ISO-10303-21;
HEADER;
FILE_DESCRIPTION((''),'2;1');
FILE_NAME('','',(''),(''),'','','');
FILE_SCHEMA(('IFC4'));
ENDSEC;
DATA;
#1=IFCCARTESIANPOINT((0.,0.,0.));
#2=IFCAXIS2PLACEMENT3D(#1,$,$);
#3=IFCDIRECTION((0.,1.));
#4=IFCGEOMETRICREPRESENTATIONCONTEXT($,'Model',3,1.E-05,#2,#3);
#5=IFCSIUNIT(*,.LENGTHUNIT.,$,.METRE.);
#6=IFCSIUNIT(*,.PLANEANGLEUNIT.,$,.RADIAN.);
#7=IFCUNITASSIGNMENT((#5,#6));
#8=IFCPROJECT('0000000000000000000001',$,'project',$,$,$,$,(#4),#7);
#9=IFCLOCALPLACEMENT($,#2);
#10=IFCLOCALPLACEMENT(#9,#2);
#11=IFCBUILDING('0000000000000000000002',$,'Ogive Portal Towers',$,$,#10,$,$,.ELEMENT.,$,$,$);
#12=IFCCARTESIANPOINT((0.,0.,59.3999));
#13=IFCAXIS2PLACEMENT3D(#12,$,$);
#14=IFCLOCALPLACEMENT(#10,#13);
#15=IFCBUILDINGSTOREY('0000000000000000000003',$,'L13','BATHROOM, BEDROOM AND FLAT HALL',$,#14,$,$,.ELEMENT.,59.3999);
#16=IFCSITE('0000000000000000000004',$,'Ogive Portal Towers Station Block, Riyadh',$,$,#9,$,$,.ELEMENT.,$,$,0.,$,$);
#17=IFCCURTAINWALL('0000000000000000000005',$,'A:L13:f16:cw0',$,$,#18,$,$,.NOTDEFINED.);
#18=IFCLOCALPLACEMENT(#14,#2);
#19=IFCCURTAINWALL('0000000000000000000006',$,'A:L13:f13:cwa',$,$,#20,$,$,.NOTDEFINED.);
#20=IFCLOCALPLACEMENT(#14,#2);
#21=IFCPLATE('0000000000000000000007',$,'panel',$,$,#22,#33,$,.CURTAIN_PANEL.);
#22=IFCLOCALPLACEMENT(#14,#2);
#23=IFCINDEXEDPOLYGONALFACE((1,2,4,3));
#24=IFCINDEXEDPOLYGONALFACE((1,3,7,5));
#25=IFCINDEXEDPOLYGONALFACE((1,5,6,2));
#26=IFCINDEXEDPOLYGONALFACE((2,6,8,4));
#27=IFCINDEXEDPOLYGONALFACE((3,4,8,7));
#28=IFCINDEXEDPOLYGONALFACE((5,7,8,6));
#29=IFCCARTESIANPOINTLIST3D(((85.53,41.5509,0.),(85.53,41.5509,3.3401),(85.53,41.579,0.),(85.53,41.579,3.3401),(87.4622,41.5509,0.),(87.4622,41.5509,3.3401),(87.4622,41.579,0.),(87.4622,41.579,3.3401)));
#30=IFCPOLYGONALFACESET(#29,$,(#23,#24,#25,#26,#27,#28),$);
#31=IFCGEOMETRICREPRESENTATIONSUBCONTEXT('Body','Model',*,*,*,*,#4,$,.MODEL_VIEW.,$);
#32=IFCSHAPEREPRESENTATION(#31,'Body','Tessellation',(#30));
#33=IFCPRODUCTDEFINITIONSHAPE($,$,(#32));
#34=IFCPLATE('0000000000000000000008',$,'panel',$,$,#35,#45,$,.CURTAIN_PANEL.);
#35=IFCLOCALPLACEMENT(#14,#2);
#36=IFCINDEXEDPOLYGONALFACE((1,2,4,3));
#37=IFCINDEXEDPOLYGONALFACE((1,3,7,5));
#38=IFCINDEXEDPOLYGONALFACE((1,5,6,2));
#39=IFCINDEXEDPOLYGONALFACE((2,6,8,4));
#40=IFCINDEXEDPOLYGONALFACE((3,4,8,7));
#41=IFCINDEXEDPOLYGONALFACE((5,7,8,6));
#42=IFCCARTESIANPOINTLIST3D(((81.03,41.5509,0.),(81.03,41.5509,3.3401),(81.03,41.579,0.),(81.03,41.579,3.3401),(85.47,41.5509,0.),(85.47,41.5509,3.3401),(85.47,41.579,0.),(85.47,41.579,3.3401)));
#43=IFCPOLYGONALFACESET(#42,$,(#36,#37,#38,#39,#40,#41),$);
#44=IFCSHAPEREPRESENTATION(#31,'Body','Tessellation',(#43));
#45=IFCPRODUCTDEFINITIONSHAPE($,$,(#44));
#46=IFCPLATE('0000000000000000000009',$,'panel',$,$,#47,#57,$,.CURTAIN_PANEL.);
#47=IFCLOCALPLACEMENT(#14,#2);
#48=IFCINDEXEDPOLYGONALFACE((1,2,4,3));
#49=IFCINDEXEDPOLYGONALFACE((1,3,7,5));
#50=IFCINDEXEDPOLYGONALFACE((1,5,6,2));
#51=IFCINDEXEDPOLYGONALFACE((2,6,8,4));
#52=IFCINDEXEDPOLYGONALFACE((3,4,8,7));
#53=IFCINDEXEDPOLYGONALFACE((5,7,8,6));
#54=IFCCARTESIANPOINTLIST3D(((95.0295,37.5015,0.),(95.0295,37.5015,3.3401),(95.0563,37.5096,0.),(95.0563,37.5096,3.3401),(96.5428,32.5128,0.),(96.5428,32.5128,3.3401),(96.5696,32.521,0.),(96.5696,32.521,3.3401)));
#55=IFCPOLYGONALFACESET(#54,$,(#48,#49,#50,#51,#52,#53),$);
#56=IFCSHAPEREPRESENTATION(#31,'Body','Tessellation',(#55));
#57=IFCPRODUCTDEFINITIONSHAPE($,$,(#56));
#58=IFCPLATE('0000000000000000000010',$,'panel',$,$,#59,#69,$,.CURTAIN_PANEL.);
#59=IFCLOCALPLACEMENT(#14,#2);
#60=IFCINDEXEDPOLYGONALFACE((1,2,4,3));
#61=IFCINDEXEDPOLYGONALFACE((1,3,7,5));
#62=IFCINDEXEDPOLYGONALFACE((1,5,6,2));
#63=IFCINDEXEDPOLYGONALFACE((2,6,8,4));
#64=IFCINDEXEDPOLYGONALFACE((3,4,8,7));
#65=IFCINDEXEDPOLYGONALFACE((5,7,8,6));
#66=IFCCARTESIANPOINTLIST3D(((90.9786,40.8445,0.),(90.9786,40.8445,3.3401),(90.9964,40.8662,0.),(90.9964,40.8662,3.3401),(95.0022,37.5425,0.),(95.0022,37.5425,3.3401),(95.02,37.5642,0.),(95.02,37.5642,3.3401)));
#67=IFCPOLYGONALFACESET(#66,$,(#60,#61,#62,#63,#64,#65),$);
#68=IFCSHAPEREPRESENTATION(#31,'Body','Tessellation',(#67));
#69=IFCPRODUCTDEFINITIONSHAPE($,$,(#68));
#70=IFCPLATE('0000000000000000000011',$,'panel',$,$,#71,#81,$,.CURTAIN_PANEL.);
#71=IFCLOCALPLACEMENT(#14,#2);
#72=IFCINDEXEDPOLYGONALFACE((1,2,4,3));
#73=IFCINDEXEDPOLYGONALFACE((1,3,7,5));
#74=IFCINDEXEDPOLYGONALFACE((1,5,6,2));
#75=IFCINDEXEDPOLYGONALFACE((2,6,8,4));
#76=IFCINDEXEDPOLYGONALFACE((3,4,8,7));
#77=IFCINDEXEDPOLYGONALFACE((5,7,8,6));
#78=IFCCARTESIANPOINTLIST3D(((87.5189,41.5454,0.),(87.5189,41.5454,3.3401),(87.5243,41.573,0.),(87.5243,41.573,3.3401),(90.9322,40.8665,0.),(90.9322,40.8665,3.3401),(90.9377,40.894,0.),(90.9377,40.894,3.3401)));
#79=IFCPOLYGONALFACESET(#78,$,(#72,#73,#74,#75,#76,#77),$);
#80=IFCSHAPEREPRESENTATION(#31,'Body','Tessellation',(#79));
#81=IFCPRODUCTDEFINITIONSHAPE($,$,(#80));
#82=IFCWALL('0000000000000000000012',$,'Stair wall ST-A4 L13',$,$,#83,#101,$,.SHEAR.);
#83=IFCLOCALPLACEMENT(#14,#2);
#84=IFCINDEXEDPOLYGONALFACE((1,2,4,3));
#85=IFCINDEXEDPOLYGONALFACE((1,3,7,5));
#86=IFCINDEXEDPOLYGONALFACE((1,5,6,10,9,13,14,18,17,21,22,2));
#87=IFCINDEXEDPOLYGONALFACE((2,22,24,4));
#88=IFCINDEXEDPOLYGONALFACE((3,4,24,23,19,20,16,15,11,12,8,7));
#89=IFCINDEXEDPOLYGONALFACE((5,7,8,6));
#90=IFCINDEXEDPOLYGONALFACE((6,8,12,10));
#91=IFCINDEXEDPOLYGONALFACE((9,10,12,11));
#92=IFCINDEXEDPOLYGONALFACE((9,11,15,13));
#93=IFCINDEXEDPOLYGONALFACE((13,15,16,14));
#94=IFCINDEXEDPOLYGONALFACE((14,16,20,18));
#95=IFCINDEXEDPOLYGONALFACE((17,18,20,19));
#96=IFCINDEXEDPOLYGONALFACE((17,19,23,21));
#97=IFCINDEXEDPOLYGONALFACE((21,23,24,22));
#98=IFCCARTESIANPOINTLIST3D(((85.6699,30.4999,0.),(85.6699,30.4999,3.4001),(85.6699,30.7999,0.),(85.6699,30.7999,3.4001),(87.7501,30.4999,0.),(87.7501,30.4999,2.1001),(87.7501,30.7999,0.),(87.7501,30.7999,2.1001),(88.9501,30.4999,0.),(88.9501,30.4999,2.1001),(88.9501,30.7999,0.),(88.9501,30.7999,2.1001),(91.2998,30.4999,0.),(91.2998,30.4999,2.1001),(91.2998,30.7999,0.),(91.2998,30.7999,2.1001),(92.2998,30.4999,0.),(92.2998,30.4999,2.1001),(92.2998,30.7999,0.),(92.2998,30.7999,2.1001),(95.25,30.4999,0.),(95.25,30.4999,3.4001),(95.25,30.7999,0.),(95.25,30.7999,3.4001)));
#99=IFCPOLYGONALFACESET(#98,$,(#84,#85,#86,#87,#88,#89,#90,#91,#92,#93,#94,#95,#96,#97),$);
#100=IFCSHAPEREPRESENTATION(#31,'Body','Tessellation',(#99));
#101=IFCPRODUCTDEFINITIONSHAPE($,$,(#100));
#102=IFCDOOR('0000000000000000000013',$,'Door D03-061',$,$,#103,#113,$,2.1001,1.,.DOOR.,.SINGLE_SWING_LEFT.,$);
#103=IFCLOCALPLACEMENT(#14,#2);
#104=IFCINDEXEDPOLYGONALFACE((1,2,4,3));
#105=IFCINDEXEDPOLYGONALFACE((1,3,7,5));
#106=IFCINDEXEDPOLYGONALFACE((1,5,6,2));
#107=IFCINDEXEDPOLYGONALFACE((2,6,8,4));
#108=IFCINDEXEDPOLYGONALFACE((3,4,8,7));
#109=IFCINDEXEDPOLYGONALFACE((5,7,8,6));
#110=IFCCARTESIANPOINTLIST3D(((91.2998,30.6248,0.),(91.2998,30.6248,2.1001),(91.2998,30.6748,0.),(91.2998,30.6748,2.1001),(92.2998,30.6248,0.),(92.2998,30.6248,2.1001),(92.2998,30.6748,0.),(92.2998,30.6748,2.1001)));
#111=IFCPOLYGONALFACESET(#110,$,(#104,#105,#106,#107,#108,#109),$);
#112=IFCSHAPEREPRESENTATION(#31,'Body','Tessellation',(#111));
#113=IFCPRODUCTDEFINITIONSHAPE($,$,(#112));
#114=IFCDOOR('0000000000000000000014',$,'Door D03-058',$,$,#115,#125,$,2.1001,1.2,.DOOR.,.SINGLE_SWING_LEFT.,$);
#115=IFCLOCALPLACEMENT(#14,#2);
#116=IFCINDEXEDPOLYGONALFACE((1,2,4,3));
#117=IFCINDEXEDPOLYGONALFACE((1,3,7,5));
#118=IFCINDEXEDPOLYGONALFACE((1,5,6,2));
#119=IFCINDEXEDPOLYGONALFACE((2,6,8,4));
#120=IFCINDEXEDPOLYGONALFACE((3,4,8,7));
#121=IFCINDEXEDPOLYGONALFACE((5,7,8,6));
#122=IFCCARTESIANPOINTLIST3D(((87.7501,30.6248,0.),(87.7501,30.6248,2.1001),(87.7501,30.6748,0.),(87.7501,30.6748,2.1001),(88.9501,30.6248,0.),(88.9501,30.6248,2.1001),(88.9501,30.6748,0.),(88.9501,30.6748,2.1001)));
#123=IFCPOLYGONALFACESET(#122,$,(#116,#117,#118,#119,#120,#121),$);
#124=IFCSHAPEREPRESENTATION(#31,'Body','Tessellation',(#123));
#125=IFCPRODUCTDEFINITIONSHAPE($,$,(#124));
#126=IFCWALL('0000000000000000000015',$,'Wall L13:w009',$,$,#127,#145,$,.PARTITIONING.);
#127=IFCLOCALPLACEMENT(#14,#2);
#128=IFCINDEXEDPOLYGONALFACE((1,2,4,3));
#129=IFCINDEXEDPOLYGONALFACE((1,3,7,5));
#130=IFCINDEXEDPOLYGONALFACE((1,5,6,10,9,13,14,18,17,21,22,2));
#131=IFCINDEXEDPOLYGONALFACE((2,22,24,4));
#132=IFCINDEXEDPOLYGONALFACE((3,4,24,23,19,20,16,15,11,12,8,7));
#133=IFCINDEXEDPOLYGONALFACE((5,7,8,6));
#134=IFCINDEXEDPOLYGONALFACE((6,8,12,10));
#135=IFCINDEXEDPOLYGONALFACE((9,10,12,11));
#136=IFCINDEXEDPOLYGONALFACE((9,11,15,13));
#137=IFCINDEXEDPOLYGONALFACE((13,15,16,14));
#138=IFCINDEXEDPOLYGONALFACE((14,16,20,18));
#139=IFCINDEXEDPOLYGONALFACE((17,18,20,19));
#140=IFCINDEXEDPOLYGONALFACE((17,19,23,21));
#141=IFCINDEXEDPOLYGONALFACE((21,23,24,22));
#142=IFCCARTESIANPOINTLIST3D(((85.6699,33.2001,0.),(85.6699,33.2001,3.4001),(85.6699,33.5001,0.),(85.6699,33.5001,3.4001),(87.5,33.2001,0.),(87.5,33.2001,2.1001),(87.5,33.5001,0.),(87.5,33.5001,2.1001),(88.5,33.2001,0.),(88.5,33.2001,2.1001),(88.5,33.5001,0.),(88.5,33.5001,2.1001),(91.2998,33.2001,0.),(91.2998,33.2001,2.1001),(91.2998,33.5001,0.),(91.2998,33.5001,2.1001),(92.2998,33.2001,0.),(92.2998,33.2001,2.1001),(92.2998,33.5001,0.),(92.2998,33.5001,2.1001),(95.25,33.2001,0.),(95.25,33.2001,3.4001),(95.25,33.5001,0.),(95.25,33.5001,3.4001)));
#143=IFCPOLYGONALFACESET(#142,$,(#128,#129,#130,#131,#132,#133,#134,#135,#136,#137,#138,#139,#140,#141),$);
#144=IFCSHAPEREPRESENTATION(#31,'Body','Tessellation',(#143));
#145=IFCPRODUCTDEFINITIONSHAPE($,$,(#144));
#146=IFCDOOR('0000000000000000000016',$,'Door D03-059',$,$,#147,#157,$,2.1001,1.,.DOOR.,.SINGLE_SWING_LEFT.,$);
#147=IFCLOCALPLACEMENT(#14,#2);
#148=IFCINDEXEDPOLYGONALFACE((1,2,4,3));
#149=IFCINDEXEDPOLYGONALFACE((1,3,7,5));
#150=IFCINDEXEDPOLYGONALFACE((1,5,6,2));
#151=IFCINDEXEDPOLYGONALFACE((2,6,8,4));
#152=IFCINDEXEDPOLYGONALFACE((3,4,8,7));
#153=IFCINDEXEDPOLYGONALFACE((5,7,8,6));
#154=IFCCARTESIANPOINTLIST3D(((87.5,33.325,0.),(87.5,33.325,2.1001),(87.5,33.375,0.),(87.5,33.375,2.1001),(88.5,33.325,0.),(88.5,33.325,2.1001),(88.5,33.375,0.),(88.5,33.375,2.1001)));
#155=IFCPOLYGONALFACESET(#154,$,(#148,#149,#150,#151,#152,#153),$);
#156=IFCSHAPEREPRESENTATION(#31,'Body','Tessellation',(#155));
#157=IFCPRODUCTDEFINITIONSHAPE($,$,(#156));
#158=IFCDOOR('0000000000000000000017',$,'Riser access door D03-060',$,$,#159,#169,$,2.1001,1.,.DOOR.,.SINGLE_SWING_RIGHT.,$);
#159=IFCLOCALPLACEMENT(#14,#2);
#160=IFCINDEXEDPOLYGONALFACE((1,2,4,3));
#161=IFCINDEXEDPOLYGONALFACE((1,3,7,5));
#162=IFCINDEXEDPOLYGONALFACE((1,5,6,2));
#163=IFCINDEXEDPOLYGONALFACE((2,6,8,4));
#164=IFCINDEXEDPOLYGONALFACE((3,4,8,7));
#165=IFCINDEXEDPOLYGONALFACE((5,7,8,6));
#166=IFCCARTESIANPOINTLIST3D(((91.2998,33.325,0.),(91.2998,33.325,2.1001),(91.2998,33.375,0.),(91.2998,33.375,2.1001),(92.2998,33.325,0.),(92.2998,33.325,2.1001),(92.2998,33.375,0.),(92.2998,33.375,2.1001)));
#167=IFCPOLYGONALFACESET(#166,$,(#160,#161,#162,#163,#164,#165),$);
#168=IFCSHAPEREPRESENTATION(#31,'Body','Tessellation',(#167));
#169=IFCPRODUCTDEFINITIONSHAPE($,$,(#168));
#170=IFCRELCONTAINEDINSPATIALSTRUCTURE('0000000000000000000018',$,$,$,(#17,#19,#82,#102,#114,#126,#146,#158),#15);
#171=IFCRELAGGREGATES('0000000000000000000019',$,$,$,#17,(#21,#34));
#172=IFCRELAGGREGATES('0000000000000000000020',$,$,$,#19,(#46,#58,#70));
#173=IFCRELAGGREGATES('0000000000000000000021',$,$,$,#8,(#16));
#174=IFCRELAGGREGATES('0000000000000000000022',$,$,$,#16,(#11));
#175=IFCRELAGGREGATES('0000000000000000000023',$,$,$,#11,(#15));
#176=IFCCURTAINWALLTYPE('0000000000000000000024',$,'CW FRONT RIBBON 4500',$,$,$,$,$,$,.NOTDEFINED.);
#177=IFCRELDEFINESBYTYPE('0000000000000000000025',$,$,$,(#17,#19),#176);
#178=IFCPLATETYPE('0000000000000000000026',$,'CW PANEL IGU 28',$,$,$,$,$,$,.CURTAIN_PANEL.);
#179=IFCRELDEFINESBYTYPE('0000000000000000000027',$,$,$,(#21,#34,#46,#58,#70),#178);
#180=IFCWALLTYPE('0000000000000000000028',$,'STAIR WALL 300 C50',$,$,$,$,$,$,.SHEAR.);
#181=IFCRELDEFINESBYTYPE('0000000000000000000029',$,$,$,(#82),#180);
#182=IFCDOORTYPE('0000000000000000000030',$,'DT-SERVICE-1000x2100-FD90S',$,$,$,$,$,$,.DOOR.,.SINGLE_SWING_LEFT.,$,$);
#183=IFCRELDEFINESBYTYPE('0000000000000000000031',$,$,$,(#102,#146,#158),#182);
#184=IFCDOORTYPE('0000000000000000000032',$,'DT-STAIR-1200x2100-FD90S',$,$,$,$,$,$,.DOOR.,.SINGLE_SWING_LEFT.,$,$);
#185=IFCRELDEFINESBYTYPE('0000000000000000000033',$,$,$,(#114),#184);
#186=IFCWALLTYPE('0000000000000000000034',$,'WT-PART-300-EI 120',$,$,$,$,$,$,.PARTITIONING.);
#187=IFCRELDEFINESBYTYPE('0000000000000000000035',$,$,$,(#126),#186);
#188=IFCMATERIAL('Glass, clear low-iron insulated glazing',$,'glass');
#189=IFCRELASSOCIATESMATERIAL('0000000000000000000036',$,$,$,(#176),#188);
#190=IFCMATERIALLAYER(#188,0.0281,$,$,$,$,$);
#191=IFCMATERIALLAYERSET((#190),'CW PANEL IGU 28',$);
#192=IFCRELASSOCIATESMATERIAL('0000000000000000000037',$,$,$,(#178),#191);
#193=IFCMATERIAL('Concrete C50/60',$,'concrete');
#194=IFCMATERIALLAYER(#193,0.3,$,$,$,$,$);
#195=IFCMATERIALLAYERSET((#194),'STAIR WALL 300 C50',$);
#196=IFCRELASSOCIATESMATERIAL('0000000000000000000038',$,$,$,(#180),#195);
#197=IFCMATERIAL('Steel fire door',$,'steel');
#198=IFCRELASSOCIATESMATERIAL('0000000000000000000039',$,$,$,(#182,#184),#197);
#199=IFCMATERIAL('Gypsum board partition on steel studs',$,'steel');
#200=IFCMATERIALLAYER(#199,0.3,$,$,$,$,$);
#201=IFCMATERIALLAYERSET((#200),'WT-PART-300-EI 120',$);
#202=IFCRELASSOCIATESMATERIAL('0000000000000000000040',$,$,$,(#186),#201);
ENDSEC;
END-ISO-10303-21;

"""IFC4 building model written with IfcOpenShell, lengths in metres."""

from ifc_helpers import new_model, si_unit, direction, frame, frame_2d, origin, origin_2d, place, context, subcontext, project, spatial, rectangle, extrude, material, layer, layer_set, type_object, element, fill, aggregate, save


model = new_model("IFC4")

# Units and contexts
model_context = context("Model", 3, precision=1e-05, world=origin(), true_north=direction((0.0, 1.0)))
body_context = subcontext(model_context, "Body", "Model", "MODEL_VIEW")
ifc_project = project(units=[si_unit("LENGTHUNIT", "METRE"), si_unit("PLANEANGLEUNIT", "RADIAN")], contexts=[model_context])

# Site, building, storey
site_placement = place(None, origin())
site = spatial("IfcSite", under=ifc_project, at=site_placement, Name="Ogive Portal Towers Station Block, Riyadh", CompositionType="ELEMENT", RefElevation=0.0)
building_placement = place(site_placement, origin())
building = spatial("IfcBuilding", under=site, at=building_placement, Name="Ogive Portal Towers", CompositionType="ELEMENT")
storey_placement = place(building_placement, frame((0.0, 0.0, 59.3999)))
storey = spatial("IfcBuildingStorey", under=building, at=storey_placement, Name="L13", Description="BATHROOM, BEDROOM AND FLAT HALL", CompositionType="ELEMENT", Elevation=59.3999)

# Curtain walls
ifc_material_1 = material(Name="Glass, clear low-iron insulated glazing", Category="glass")
curtain_wall_type = type_object("IfcCurtainWallType", Name="CW FRONT RIBBON 4500", PredefinedType="NOTDEFINED", material=ifc_material_1)
curtain_wall_1_placement = place(storey_placement, origin())
curtain_wall_1 = element("IfcCurtainWall", 1, at=curtain_wall_1_placement, inside=storey, type_object=curtain_wall_type, Name="A:L13:f16:cw0", PredefinedType="NOTDEFINED")
curtain_wall_2_placement = place(storey_placement, origin())
curtain_wall_2 = element("IfcCurtainWall", 2, at=curtain_wall_2_placement, inside=storey, type_object=curtain_wall_type, Name="A:L13:f13:cwa", PredefinedType="NOTDEFINED")

# Plates
ifc_layer_1 = layer(ifc_material_1, 0.0281)
ifc_layer_set_1 = layer_set([ifc_layer_1], Name="CW PANEL IGU 28")
plate_type = type_object("IfcPlateType", Name="CW PANEL IGU 28", PredefinedType="CURTAIN_PANEL", material=ifc_layer_set_1)
plate_1_placement = place(storey_placement, frame((86.4961, 41.5649, 0.0), z_axis=(0.0, 0.0, 1.0), x_axis=(-1.0, 0.0, 0.0)))
plate_1 = element("IfcPlate", 3, at=plate_1_placement, type_object=plate_type, Name="panel", PredefinedType="CURTAIN_PANEL", context=body_context, shape_type="SweptSolid", body=[
    extrude(rectangle(XDim=1.9321, YDim=0.0281, at=origin_2d()), origin(), (0.0, 0.0, 1.0), 3.3401),
])
plate_2_placement = place(storey_placement, frame((83.25, 41.5649, 0.0), z_axis=(0.0, 0.0, 1.0), x_axis=(-1.0, 0.0, 0.0)))
plate_2 = element("IfcPlate", 4, at=plate_2_placement, type_object=plate_type, Name="panel", PredefinedType="CURTAIN_PANEL", context=body_context, shape_type="SweptSolid", body=[
    extrude(rectangle(XDim=4.4399, YDim=0.0281, at=origin_2d()), origin(), (0.0, 0.0, 1.0), 3.3401),
])
aggregate(curtain_wall_1, [plate_1, plate_2])
plate_3_placement = place(storey_placement, frame((95.7996, 35.0112, 0.0), z_axis=(0.0, 0.0, 1.0), x_axis=(-0.290285, 0.95694, 0.0)))
plate_3 = element("IfcPlate", 5, at=plate_3_placement, type_object=plate_type, Name="panel", PredefinedType="CURTAIN_PANEL", context=body_context, shape_type="SweptSolid", body=[
    extrude(rectangle(XDim=5.2131, YDim=0.0281, at=origin_2d()), origin(), (0.0, 0.0, 1.0), 3.3401),
])
plate_4_placement = place(storey_placement, frame((92.9993, 39.2043, 0.0), z_axis=(0.0, 0.0, 1.0), x_axis=(-0.77301, 0.634393, 0.0)))
plate_4 = element("IfcPlate", 6, at=plate_4_placement, type_object=plate_type, Name="panel", PredefinedType="CURTAIN_PANEL", context=body_context, shape_type="SweptSolid", body=[
    extrude(rectangle(XDim=5.2051, YDim=0.0281, at=origin_2d()), origin(), (0.0, 0.0, 1.0), 3.3401),
])
plate_5_placement = place(storey_placement, frame((89.2283, 41.2197, 0.0), z_axis=(0.0, 0.0, 1.0), x_axis=(-0.980785, 0.19509, 0.0)))
plate_5 = element("IfcPlate", 7, at=plate_5_placement, type_object=plate_type, Name="panel", PredefinedType="CURTAIN_PANEL", context=body_context, shape_type="SweptSolid", body=[
    extrude(rectangle(XDim=3.4802, YDim=0.0281, at=origin_2d()), origin(), (0.0, 0.0, 1.0), 3.3401),
])
aggregate(curtain_wall_2, [plate_3, plate_4, plate_5])

# Walls, openings, doors
ifc_material_2 = material(Name="Concrete C50/60", Category="concrete")
ifc_layer_2 = layer(ifc_material_2, 0.3)
ifc_layer_set_2 = layer_set([ifc_layer_2], Name="STAIR WALL 300 C50")
wall_type_1 = type_object("IfcWallType", Name="STAIR WALL 300 C50", PredefinedType="SHEAR", material=ifc_layer_set_2)
wall_1_placement = place(storey_placement, frame((85.6699, 30.6499, 0.0), z_axis=(0.0, 0.0, 1.0), x_axis=(1.0, 0.0, 0.0)))
wall_1 = element("IfcWall", 8, at=wall_1_placement, inside=storey, type_object=wall_type_1, Name="Stair wall ST-A4 L13", PredefinedType="SHEAR", context=body_context, shape_type="SweptSolid", body=[
    extrude(rectangle(XDim=9.5801, YDim=0.3, at=frame_2d((4.79, 0.0))), origin(), (0.0, 0.0, 1.0), 3.4001),
])
opening_1_placement = place(wall_1_placement, frame((2.0801, 0.0, 0.0)))
opening_1 = element("IfcOpeningElement", 9, at=opening_1_placement, cuts=wall_1, PredefinedType="OPENING", context=body_context, shape_type="SweptSolid", body=[
    extrude(rectangle(XDim=1.2, YDim=2.1001, at=frame_2d((0.6001, 1.05))), frame((0.0, 0.1602, 0.0), z_axis=(0.0, -1.0, 0.0), x_axis=(1.0, 0.0, 0.0)), (0.0, 0.0, 1.0), 0.3201),
])
opening_2_placement = place(wall_1_placement, frame((5.6299, 0.0, 0.0)))
opening_2 = element("IfcOpeningElement", 10, at=opening_2_placement, cuts=wall_1, PredefinedType="OPENING", context=body_context, shape_type="SweptSolid", body=[
    extrude(rectangle(XDim=1.0, YDim=2.1001, at=frame_2d((0.5, 1.05))), frame((0.0, 0.1602, 0.0), z_axis=(0.0, -1.0, 0.0), x_axis=(1.0, 0.0, 0.0)), (0.0, 0.0, 1.0), 0.3201),
])
ifc_material_3 = material(Name="Steel fire door", Category="steel")
door_type_1 = type_object("IfcDoorType", Name="DT-SERVICE-1000x2100-FD90S", OperationType="SINGLE_SWING_LEFT", PredefinedType="DOOR", material=ifc_material_3)
door_1_placement = place(opening_2_placement, origin())
door_1 = element("IfcDoor", 11, at=door_1_placement, inside=storey, type_object=door_type_1, Name="Door D03-061", OperationType="SINGLE_SWING_LEFT", OverallHeight=2.1001, OverallWidth=1.0, PredefinedType="DOOR", context=body_context, shape_type="SweptSolid", body=[
    extrude(rectangle(XDim=1.0, YDim=2.1001, at=frame_2d((0.5, 1.05))), frame((0.0, 0.0249, 0.0), z_axis=(0.0, -1.0, 0.0), x_axis=(1.0, 0.0, 0.0)), (0.0, 0.0, 1.0), 0.05),
])
fill(opening_2, door_1)
door_type_2 = type_object("IfcDoorType", Name="DT-STAIR-1200x2100-FD90S", OperationType="SINGLE_SWING_LEFT", PredefinedType="DOOR", material=ifc_material_3)
door_2_placement = place(opening_1_placement, origin())
door_2 = element("IfcDoor", 12, at=door_2_placement, inside=storey, type_object=door_type_2, Name="Door D03-058", OperationType="SINGLE_SWING_LEFT", OverallHeight=2.1001, OverallWidth=1.2, PredefinedType="DOOR", context=body_context, shape_type="SweptSolid", body=[
    extrude(rectangle(XDim=1.2, YDim=2.1001, at=frame_2d((0.6001, 1.05))), frame((0.0, 0.0249, 0.0), z_axis=(0.0, -1.0, 0.0), x_axis=(1.0, 0.0, 0.0)), (0.0, 0.0, 1.0), 0.05),
])
fill(opening_1, door_2)
ifc_material_4 = material(Name="Gypsum board partition on steel studs", Category="steel")
ifc_layer_3 = layer(ifc_material_4, 0.3)
ifc_layer_set_3 = layer_set([ifc_layer_3], Name="WT-PART-300-EI 120")
wall_type_2 = type_object("IfcWallType", Name="WT-PART-300-EI 120", PredefinedType="PARTITIONING", material=ifc_layer_set_3)
wall_2_placement = place(storey_placement, frame((85.6699, 33.3501, 0.0), z_axis=(0.0, 0.0, 1.0), x_axis=(1.0, 0.0, 0.0)))
wall_2 = element("IfcWall", 13, at=wall_2_placement, inside=storey, type_object=wall_type_2, Name="Wall L13:w009", PredefinedType="PARTITIONING", context=body_context, shape_type="SweptSolid", body=[
    extrude(rectangle(XDim=9.5801, YDim=0.3, at=frame_2d((4.79, 0.0))), origin(), (0.0, 0.0, 1.0), 3.4001),
])
opening_3_placement = place(wall_2_placement, frame((1.8301, 0.0, 0.0)))
opening_3 = element("IfcOpeningElement", 14, at=opening_3_placement, cuts=wall_2, PredefinedType="OPENING", context=body_context, shape_type="SweptSolid", body=[
    extrude(rectangle(XDim=1.0, YDim=2.1001, at=frame_2d((0.5, 1.05))), frame((0.0, 0.1602, 0.0), z_axis=(0.0, -1.0, 0.0), x_axis=(1.0, 0.0, 0.0)), (0.0, 0.0, 1.0), 0.3201),
])
opening_4_placement = place(wall_2_placement, frame((5.6299, 0.0, 0.0)))
opening_4 = element("IfcOpeningElement", 15, at=opening_4_placement, cuts=wall_2, PredefinedType="OPENING", context=body_context, shape_type="SweptSolid", body=[
    extrude(rectangle(XDim=1.0, YDim=2.1001, at=frame_2d((0.5, 1.05))), frame((0.0, 0.1602, 0.0), z_axis=(0.0, -1.0, 0.0), x_axis=(1.0, 0.0, 0.0)), (0.0, 0.0, 1.0), 0.3201),
])
door_3_placement = place(opening_3_placement, origin())
door_3 = element("IfcDoor", 16, at=door_3_placement, inside=storey, type_object=door_type_1, Name="Door D03-059", OperationType="SINGLE_SWING_LEFT", OverallHeight=2.1001, OverallWidth=1.0, PredefinedType="DOOR", context=body_context, shape_type="SweptSolid", body=[
    extrude(rectangle(XDim=1.0, YDim=2.1001, at=frame_2d((0.5, 1.05))), frame((0.0, 0.0249, 0.0), z_axis=(0.0, -1.0, 0.0), x_axis=(1.0, 0.0, 0.0)), (0.0, 0.0, 1.0), 0.05),
])
fill(opening_3, door_3)
door_4_placement = place(opening_4_placement, origin())
door_4 = element("IfcDoor", 17, at=door_4_placement, inside=storey, type_object=door_type_1, Name="Riser access door D03-060", OperationType="SINGLE_SWING_RIGHT", OverallHeight=2.1001, OverallWidth=1.0, PredefinedType="DOOR", context=body_context, shape_type="SweptSolid", body=[
    extrude(rectangle(XDim=1.0, YDim=2.1001, at=frame_2d((0.5, 1.05))), frame((0.0, 0.0249, 0.0), z_axis=(0.0, -1.0, 0.0), x_axis=(1.0, 0.0, 0.0)), (0.0, 0.0, 1.0), 0.05),
])
fill(opening_4, door_4)

save(model, "model.ifc")
